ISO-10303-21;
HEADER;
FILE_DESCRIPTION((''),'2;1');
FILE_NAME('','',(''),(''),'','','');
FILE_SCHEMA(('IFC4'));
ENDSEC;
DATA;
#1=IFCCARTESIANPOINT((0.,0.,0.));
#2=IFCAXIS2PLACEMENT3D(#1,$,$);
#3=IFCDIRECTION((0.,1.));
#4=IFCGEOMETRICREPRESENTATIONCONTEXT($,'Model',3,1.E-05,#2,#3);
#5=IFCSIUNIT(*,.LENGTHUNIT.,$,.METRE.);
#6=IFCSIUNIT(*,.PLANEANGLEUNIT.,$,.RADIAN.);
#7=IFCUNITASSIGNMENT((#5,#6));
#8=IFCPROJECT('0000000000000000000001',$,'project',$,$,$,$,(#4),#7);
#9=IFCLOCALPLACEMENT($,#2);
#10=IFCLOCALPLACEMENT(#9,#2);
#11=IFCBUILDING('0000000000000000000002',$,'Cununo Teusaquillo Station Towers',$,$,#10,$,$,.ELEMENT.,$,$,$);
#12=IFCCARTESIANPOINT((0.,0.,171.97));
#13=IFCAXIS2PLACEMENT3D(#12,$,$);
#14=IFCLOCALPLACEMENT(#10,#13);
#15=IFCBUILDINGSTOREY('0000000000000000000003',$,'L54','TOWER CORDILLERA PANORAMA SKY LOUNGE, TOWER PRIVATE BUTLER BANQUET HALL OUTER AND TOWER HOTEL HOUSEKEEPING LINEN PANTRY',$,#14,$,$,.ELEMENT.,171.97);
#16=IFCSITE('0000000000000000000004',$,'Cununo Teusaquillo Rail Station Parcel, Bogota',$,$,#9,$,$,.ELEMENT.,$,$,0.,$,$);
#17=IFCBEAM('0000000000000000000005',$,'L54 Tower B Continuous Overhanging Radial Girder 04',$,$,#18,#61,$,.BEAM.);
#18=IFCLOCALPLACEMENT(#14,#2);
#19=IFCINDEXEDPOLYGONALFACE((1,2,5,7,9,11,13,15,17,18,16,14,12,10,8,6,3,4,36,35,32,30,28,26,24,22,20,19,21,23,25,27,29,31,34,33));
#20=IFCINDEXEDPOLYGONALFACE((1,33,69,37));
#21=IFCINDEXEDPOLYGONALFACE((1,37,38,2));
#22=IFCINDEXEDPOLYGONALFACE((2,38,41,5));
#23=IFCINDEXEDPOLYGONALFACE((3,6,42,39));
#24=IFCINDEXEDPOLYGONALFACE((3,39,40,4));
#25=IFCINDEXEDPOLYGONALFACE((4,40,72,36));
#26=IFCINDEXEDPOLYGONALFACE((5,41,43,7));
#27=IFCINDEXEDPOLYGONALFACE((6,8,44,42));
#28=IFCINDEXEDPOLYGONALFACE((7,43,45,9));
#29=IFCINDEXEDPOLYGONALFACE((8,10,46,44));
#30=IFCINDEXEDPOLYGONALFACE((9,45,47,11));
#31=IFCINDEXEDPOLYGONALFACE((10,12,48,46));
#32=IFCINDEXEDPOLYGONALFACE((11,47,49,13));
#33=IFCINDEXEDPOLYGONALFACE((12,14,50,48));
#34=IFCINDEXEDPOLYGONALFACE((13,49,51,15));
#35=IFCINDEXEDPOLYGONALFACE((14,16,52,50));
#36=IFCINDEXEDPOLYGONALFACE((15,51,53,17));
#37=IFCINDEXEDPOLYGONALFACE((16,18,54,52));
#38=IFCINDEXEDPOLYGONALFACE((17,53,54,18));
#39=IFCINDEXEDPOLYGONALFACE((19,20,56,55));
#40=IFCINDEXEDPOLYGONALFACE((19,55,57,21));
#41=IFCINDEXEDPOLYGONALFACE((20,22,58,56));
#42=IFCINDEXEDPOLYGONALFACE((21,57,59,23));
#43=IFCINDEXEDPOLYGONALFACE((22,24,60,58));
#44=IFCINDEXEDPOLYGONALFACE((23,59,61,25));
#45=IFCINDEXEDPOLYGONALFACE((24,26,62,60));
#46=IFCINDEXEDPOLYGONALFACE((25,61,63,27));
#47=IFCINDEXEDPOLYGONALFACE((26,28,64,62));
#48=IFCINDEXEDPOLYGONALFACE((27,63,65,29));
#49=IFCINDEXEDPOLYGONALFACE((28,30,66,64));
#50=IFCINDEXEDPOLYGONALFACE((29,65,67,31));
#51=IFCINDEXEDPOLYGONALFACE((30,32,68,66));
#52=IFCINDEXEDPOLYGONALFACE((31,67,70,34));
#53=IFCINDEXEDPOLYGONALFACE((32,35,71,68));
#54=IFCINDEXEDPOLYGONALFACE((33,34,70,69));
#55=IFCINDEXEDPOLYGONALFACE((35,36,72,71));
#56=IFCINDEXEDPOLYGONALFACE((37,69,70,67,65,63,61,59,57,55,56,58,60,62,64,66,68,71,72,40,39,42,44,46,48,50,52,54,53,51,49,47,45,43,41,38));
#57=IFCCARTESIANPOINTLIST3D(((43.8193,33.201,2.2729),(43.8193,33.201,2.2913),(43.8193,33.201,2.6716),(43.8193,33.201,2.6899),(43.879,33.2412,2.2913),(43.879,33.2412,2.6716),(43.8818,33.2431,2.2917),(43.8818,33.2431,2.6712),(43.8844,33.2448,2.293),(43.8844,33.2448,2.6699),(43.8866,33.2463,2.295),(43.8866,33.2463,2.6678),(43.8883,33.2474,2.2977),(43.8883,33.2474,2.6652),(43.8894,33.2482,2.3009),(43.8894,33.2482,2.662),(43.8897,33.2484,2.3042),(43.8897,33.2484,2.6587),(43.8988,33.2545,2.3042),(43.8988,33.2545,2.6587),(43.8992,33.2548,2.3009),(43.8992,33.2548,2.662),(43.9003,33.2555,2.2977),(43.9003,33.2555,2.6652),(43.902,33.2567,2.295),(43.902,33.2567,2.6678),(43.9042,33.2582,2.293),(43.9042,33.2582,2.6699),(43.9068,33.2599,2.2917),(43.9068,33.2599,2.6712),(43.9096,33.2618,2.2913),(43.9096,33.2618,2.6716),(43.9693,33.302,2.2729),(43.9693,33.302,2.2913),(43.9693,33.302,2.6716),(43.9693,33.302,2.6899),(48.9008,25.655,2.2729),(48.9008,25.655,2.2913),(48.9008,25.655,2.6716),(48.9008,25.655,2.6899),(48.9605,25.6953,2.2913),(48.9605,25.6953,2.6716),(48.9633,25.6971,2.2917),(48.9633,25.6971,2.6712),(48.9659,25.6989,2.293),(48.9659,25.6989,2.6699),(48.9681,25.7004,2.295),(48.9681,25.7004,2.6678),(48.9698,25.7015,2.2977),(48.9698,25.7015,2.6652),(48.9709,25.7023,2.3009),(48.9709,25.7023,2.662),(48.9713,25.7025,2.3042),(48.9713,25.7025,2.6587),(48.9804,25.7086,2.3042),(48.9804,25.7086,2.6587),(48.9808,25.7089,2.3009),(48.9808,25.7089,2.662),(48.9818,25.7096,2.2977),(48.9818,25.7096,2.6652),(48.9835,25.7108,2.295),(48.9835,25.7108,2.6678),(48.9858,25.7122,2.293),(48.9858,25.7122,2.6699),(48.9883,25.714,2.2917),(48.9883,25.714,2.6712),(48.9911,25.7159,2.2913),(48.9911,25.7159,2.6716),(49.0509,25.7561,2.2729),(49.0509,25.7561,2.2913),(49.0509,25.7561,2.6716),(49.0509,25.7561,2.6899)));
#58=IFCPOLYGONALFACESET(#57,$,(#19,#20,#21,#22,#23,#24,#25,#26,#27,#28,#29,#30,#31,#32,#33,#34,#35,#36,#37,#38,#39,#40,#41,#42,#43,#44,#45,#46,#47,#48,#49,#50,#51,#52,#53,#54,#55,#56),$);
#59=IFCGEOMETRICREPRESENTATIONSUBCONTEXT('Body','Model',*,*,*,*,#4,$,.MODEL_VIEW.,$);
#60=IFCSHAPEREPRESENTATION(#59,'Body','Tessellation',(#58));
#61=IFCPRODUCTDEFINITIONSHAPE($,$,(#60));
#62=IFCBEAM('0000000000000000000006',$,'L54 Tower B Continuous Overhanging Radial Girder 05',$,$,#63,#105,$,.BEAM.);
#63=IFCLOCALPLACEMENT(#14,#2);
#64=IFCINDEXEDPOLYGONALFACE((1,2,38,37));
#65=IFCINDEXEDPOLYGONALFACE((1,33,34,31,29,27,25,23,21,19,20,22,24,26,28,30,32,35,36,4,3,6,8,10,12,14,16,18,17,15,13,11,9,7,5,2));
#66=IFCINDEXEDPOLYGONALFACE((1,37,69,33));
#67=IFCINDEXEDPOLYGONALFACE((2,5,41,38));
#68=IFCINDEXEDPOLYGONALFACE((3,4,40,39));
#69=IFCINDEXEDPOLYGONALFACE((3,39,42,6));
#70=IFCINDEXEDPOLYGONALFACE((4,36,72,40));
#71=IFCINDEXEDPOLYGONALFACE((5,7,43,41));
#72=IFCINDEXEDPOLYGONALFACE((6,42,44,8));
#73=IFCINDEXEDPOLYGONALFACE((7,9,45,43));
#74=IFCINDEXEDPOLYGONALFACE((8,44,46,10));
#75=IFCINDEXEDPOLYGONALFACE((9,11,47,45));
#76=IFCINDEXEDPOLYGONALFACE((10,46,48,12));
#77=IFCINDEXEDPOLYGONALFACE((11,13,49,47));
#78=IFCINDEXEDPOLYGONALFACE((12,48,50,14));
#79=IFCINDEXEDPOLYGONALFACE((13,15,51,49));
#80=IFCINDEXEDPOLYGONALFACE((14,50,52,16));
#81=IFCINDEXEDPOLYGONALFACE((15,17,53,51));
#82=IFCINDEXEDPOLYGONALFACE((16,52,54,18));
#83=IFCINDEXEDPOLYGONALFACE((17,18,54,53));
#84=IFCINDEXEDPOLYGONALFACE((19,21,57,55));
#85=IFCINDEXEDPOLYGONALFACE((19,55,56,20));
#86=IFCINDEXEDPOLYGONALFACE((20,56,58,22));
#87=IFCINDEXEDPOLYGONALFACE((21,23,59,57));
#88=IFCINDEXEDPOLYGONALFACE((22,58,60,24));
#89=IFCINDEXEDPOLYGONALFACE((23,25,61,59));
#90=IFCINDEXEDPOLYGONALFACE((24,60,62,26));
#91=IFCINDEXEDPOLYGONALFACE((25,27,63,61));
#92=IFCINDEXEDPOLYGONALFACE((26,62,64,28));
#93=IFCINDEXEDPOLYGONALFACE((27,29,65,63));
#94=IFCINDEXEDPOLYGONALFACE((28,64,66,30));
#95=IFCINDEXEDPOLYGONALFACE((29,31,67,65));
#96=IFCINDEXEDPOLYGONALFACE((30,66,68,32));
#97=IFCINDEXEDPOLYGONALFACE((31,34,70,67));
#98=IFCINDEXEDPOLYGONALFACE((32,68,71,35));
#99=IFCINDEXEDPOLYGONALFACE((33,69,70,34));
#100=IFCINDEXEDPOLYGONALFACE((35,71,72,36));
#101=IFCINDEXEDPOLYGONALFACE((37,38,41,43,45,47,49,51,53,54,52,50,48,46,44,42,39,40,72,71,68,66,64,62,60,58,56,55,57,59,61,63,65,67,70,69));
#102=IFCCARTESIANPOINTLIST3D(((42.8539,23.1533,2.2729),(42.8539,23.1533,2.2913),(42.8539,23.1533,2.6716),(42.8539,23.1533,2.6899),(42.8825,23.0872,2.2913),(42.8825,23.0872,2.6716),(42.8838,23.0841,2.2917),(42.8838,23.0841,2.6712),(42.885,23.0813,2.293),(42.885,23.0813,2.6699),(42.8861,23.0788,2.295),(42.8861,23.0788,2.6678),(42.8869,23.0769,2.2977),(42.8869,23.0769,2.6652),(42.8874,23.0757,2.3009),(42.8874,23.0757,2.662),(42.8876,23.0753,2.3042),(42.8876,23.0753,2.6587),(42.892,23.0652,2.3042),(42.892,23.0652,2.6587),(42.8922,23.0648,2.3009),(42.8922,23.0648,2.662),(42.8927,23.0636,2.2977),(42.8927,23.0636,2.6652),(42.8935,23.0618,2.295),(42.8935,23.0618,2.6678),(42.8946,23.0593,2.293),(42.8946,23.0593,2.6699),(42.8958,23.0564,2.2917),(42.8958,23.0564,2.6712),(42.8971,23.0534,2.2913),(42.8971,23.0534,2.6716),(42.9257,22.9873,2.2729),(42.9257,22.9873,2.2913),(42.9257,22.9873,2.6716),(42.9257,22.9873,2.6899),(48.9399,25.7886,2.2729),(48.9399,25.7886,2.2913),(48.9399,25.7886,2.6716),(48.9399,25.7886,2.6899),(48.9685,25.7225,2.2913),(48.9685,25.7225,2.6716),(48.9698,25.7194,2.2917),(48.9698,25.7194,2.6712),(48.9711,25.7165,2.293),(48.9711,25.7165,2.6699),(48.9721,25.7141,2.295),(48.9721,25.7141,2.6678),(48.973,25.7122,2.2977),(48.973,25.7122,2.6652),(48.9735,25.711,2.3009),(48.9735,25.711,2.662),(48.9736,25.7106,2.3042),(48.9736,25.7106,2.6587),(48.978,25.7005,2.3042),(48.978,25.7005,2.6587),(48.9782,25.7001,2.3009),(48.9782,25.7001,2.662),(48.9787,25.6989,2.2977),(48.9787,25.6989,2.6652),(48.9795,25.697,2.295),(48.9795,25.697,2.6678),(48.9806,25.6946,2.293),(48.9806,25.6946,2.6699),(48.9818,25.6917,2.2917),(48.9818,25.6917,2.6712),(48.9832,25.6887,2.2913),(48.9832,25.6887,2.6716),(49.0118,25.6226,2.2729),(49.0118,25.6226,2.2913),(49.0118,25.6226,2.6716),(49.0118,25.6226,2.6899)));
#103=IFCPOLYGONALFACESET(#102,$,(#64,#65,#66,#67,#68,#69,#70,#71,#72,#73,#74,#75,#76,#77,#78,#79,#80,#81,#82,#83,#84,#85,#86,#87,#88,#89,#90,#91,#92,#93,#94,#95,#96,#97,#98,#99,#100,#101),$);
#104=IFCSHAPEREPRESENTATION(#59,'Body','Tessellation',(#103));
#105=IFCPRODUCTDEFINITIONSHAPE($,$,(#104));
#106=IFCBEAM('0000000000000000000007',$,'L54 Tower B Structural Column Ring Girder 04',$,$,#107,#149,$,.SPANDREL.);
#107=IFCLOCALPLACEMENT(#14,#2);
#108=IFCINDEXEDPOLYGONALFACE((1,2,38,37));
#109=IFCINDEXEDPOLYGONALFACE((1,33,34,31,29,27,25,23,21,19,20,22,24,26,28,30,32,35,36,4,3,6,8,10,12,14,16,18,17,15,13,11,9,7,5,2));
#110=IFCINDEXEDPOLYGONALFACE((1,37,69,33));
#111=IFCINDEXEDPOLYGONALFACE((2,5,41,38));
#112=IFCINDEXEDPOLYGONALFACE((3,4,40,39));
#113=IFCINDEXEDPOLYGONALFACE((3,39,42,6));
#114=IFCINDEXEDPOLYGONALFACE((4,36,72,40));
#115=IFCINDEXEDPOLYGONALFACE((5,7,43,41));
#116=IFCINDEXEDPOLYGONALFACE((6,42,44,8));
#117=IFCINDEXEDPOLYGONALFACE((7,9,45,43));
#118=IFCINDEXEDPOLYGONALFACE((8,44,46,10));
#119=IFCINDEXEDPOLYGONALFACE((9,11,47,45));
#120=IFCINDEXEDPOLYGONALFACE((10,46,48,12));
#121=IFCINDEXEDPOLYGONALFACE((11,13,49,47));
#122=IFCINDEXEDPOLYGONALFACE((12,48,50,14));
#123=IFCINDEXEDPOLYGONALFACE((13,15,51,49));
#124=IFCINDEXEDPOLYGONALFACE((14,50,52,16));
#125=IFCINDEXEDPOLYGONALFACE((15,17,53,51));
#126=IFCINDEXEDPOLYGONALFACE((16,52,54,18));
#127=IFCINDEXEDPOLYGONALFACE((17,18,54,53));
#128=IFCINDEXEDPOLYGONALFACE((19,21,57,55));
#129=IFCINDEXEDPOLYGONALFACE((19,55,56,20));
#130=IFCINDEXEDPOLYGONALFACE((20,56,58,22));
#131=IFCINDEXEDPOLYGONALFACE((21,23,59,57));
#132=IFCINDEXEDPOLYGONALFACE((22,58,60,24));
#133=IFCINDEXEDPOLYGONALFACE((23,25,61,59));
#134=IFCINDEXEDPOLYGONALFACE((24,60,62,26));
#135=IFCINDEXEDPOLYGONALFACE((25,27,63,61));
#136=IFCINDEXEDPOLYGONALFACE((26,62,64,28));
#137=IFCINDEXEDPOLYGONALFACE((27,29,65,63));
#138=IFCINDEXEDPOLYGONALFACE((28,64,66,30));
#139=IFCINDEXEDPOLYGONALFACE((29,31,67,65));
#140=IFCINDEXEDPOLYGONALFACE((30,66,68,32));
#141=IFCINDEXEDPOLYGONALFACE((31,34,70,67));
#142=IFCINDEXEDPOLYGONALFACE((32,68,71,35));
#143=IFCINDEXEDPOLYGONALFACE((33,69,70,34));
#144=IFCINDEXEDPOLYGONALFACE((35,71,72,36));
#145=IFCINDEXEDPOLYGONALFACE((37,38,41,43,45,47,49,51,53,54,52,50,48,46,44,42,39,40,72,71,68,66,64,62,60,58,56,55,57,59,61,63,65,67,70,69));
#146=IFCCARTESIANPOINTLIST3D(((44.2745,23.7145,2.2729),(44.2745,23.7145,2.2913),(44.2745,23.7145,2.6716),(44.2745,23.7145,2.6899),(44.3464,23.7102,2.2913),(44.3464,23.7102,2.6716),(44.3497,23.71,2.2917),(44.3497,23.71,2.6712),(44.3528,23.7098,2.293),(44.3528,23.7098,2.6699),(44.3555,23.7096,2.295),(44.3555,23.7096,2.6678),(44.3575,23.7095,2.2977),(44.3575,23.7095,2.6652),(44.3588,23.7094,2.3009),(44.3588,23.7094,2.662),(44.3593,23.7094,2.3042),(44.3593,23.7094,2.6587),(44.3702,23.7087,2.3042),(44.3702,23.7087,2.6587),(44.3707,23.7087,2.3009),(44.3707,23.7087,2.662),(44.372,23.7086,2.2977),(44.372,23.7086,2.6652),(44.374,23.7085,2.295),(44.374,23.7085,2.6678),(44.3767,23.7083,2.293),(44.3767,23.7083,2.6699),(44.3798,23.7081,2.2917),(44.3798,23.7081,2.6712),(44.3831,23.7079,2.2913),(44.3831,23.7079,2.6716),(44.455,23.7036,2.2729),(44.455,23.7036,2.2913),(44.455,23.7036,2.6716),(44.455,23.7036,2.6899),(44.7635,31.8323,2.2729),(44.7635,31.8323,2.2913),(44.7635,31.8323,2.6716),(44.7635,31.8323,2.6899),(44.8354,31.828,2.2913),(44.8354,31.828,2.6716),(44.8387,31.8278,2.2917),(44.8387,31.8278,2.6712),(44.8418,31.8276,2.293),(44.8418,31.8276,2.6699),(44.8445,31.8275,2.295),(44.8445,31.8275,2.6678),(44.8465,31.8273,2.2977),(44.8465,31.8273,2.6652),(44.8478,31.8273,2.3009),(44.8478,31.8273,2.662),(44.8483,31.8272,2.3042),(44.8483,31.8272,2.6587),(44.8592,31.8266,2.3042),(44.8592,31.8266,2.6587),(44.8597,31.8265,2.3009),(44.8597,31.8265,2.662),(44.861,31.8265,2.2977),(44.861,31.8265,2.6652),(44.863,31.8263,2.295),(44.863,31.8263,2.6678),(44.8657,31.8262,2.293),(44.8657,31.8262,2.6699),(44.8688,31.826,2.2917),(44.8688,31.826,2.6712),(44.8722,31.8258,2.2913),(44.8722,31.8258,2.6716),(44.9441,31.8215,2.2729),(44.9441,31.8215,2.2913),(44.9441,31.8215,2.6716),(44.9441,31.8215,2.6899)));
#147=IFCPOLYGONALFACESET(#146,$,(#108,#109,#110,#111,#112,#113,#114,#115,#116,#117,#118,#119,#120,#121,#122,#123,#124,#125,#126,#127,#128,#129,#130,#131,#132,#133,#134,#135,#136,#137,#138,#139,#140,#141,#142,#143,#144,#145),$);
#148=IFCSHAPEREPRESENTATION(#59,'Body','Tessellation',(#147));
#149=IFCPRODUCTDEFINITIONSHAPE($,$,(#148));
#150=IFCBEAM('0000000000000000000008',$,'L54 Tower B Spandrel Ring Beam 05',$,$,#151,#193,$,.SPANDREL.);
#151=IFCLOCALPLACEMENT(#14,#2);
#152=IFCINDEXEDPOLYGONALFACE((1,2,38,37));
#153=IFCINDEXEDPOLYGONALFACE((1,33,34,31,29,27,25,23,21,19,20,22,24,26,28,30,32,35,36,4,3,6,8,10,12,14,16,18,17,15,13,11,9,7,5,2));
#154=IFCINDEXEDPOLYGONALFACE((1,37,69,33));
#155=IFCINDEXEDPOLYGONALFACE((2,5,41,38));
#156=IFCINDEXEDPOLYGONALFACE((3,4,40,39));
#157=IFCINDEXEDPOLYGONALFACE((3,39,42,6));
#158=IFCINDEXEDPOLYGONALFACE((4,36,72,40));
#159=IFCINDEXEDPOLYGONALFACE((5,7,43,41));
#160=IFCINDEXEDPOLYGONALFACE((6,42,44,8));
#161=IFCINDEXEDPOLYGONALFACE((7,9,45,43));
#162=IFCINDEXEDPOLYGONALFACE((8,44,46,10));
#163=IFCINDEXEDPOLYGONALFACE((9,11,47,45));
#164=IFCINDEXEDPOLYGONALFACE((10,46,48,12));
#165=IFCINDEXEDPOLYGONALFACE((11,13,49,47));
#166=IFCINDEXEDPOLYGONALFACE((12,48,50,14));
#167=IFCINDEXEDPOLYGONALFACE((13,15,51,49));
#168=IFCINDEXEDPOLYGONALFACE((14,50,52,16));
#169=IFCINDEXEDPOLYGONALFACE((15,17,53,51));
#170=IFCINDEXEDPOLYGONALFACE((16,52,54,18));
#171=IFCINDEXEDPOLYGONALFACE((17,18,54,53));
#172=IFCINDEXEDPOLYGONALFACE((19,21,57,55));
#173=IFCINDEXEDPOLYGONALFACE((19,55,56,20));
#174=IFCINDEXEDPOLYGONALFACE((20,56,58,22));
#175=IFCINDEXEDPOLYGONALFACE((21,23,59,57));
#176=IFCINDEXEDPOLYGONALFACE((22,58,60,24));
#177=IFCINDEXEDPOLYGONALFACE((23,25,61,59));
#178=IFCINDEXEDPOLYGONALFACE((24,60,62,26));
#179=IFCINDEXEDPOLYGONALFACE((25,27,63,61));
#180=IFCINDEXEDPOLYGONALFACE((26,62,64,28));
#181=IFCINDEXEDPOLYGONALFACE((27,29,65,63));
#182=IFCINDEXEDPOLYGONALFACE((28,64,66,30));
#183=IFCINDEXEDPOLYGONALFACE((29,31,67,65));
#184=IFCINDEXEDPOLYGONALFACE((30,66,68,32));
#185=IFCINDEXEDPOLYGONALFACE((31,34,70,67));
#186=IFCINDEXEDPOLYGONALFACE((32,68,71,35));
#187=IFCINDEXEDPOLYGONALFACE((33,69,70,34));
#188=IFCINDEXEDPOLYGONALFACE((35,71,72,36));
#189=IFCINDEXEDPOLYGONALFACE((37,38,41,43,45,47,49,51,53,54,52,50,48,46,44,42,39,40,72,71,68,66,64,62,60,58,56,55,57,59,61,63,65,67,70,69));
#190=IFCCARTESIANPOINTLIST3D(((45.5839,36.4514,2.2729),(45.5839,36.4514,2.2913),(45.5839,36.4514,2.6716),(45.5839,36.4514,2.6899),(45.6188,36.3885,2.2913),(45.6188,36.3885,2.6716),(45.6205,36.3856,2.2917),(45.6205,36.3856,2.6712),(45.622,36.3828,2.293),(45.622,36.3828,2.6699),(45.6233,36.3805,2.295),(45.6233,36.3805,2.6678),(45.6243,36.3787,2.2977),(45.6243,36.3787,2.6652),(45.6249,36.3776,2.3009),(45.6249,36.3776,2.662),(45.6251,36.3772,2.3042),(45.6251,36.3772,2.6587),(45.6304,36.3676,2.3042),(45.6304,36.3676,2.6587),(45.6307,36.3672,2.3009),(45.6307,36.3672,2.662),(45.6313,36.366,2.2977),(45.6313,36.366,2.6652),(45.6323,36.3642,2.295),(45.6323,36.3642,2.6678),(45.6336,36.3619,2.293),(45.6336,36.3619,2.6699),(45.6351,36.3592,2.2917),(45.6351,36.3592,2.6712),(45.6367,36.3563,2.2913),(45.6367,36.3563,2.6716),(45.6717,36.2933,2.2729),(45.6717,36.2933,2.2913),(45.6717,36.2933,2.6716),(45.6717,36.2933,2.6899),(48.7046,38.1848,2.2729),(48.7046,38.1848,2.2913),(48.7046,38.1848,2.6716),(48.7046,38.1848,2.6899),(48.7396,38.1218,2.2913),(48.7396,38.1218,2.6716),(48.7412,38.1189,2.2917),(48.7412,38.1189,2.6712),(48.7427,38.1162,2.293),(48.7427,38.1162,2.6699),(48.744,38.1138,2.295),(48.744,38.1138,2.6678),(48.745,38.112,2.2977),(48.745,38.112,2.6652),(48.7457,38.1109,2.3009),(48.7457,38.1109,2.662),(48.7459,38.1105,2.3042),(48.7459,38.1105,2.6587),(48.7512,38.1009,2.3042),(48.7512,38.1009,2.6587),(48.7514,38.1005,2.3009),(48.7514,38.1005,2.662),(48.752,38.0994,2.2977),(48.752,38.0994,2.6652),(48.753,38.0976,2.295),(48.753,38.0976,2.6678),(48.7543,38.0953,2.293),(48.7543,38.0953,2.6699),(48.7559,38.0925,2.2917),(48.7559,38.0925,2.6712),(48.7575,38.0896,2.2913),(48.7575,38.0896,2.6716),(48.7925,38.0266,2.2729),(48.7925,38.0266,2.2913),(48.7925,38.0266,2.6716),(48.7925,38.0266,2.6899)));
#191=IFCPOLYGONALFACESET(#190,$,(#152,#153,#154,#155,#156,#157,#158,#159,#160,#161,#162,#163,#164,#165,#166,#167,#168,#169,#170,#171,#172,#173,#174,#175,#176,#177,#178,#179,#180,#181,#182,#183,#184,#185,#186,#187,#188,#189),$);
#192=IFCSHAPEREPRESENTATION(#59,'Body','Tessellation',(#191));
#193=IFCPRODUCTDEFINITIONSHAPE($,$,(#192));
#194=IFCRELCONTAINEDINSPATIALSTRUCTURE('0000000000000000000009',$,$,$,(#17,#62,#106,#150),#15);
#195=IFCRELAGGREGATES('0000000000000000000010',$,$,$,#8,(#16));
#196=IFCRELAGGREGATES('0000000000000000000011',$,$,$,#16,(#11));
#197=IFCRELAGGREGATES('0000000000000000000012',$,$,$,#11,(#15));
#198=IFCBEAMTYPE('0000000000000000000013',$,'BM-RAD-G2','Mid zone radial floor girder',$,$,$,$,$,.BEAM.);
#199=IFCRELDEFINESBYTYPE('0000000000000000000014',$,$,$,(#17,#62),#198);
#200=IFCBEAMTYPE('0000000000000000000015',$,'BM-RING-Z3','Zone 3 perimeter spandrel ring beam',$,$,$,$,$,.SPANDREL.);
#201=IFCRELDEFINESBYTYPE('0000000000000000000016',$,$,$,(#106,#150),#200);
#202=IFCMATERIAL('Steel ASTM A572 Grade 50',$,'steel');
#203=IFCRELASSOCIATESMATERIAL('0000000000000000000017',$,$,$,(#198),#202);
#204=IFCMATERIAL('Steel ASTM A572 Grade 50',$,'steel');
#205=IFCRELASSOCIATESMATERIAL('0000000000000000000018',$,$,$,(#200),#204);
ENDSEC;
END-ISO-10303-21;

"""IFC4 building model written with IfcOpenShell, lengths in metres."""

from ifc_helpers import new_model, si_unit, direction, frame, origin, origin_2d, place, context, subcontext, project, spatial, i_section, extrude, material, material_profile, profile_set, type_object, element, save


model = new_model("IFC4")

# Units and contexts
model_context = context("Model", 3, precision=1e-05, world=origin(), true_north=direction((0.0, 1.0)))
body_context = subcontext(model_context, "Body", "Model", "MODEL_VIEW")
ifc_project = project(units=[si_unit("LENGTHUNIT", "METRE"), si_unit("PLANEANGLEUNIT", "RADIAN")], contexts=[model_context])

# Site, building, storey
site_placement = place(None, origin())
site = spatial("IfcSite", under=ifc_project, at=site_placement, Name="Cununo Teusaquillo Rail Station Parcel, Bogota", CompositionType="ELEMENT", RefElevation=0.0)
building_placement = place(site_placement, origin())
building = spatial("IfcBuilding", under=site, at=building_placement, Name="Cununo Teusaquillo Station Towers", CompositionType="ELEMENT")
storey_placement = place(building_placement, frame((0.0, 0.0, 171.97)))
storey = spatial("IfcBuildingStorey", under=building, at=storey_placement, Name="L54", Description="TOWER CORDILLERA PANORAMA SKY LOUNGE, TOWER PRIVATE BUTLER BANQUET HALL OUTER AND TOWER HOTEL HOUSEKEEPING LINEN PANTRY", CompositionType="ELEMENT", Elevation=171.97)

# Beams
ifc_material_1 = material(Name="Steel ASTM A572 Grade 50", Category="steel")
ifc_material_profile_1 = material_profile(ifc_material_1, i_section(OverallWidth=0.1809, OverallDepth=0.417, WebThickness=0.011, FlangeThickness=0.0183, FilletRadius=0.0129, at=origin_2d()), Name="W16X57")
ifc_profile_set_1 = profile_set([ifc_material_profile_1], Name="Steel ASTM A572 Grade 50")
beam_type_1 = type_object("IfcBeamType", Name="BM-RAD-G2", Description="Mid zone radial floor girder", PredefinedType="BEAM", material=ifc_profile_set_1)
beam_1_placement = place(storey_placement, frame((48.9758, 25.7056, 2.4814), z_axis=(-0.558571, 0.829457, 0.0), x_axis=(-0.829457, -0.558571, 0.0)))
element("IfcBeam", 1, at=beam_1_placement, inside=storey, type_object=beam_type_1, Name="L54 Tower B Continuous Overhanging Radial Girder 04", PredefinedType="BEAM", context=body_context, shape_type="SweptSolid", body=[
    extrude(i_section(OverallWidth=0.1809, OverallDepth=0.417, WebThickness=0.011, FlangeThickness=0.0183, FilletRadius=0.0129, at=origin_2d()), origin(), (0.0, 0.0, 1.0), 9.0974),
])
beam_2_placement = place(storey_placement, frame((48.9758, 25.7056, 2.4814), z_axis=(-0.917665, -0.397355, 0.0), x_axis=(0.397355, -0.917665, 0.0)))
element("IfcBeam", 2, at=beam_2_placement, inside=storey, type_object=beam_type_1, Name="L54 Tower B Continuous Overhanging Radial Girder 05", PredefinedType="BEAM", context=body_context, shape_type="SweptSolid", body=[
    extrude(i_section(OverallWidth=0.1809, OverallDepth=0.417, WebThickness=0.011, FlangeThickness=0.0183, FilletRadius=0.0129, at=origin_2d()), origin(), (0.0, 0.0, 1.0), 6.6321),
])
ifc_material_2 = material(Name="Steel ASTM A572 Grade 50", Category="steel")
ifc_material_profile_2 = material_profile(ifc_material_2, i_section(OverallWidth=0.1809, OverallDepth=0.417, WebThickness=0.011, FlangeThickness=0.0183, FilletRadius=0.0129, at=origin_2d()), Name="W16X57")
ifc_profile_set_2 = profile_set([ifc_material_profile_2], Name="Steel ASTM A572 Grade 50")
beam_type_2 = type_object("IfcBeamType", Name="BM-RING-Z3", Description="Zone 3 perimeter spandrel ring beam", PredefinedType="SPANDREL", material=ifc_profile_set_2)
beam_3_placement = place(storey_placement, frame((44.8538, 31.8269, 2.4814), z_axis=(-0.06013, -0.998191, 0.0), x_axis=(0.998191, -0.06013, 0.0)))
element("IfcBeam", 3, at=beam_3_placement, inside=storey, type_object=beam_type_2, Name="L54 Tower B Structural Column Ring Girder 04", PredefinedType="SPANDREL", context=body_context, shape_type="SweptSolid", body=[
    extrude(i_section(OverallWidth=0.1809, OverallDepth=0.417, WebThickness=0.011, FlangeThickness=0.0183, FilletRadius=0.0129, at=origin_2d()), origin(), (0.0, 0.0, 1.0), 8.1326),
])
for number, where, z_axis, x_axis, name in (
    (4, (48.7485, 38.1057, 2.4814), (-0.874206, -0.485556, 0.0), (0.485556, -0.874206, 0.0), "L54 Tower B Spandrel Ring Beam 05"),
):
    element("IfcBeam", number, at=place(storey_placement, frame(where, z_axis=z_axis, x_axis=x_axis)), inside=storey, type_object=beam_type_2, Name=name, PredefinedType="SPANDREL", context=body_context, shape_type="SweptSolid", body=[
        extrude(i_section(OverallWidth=0.1809, OverallDepth=0.417, WebThickness=0.011, FlangeThickness=0.0183, FilletRadius=0.0129, at=origin_2d()), origin(), (0.0, 0.0, 1.0), 3.5698),
    ])

save(model, "model.ifc")
